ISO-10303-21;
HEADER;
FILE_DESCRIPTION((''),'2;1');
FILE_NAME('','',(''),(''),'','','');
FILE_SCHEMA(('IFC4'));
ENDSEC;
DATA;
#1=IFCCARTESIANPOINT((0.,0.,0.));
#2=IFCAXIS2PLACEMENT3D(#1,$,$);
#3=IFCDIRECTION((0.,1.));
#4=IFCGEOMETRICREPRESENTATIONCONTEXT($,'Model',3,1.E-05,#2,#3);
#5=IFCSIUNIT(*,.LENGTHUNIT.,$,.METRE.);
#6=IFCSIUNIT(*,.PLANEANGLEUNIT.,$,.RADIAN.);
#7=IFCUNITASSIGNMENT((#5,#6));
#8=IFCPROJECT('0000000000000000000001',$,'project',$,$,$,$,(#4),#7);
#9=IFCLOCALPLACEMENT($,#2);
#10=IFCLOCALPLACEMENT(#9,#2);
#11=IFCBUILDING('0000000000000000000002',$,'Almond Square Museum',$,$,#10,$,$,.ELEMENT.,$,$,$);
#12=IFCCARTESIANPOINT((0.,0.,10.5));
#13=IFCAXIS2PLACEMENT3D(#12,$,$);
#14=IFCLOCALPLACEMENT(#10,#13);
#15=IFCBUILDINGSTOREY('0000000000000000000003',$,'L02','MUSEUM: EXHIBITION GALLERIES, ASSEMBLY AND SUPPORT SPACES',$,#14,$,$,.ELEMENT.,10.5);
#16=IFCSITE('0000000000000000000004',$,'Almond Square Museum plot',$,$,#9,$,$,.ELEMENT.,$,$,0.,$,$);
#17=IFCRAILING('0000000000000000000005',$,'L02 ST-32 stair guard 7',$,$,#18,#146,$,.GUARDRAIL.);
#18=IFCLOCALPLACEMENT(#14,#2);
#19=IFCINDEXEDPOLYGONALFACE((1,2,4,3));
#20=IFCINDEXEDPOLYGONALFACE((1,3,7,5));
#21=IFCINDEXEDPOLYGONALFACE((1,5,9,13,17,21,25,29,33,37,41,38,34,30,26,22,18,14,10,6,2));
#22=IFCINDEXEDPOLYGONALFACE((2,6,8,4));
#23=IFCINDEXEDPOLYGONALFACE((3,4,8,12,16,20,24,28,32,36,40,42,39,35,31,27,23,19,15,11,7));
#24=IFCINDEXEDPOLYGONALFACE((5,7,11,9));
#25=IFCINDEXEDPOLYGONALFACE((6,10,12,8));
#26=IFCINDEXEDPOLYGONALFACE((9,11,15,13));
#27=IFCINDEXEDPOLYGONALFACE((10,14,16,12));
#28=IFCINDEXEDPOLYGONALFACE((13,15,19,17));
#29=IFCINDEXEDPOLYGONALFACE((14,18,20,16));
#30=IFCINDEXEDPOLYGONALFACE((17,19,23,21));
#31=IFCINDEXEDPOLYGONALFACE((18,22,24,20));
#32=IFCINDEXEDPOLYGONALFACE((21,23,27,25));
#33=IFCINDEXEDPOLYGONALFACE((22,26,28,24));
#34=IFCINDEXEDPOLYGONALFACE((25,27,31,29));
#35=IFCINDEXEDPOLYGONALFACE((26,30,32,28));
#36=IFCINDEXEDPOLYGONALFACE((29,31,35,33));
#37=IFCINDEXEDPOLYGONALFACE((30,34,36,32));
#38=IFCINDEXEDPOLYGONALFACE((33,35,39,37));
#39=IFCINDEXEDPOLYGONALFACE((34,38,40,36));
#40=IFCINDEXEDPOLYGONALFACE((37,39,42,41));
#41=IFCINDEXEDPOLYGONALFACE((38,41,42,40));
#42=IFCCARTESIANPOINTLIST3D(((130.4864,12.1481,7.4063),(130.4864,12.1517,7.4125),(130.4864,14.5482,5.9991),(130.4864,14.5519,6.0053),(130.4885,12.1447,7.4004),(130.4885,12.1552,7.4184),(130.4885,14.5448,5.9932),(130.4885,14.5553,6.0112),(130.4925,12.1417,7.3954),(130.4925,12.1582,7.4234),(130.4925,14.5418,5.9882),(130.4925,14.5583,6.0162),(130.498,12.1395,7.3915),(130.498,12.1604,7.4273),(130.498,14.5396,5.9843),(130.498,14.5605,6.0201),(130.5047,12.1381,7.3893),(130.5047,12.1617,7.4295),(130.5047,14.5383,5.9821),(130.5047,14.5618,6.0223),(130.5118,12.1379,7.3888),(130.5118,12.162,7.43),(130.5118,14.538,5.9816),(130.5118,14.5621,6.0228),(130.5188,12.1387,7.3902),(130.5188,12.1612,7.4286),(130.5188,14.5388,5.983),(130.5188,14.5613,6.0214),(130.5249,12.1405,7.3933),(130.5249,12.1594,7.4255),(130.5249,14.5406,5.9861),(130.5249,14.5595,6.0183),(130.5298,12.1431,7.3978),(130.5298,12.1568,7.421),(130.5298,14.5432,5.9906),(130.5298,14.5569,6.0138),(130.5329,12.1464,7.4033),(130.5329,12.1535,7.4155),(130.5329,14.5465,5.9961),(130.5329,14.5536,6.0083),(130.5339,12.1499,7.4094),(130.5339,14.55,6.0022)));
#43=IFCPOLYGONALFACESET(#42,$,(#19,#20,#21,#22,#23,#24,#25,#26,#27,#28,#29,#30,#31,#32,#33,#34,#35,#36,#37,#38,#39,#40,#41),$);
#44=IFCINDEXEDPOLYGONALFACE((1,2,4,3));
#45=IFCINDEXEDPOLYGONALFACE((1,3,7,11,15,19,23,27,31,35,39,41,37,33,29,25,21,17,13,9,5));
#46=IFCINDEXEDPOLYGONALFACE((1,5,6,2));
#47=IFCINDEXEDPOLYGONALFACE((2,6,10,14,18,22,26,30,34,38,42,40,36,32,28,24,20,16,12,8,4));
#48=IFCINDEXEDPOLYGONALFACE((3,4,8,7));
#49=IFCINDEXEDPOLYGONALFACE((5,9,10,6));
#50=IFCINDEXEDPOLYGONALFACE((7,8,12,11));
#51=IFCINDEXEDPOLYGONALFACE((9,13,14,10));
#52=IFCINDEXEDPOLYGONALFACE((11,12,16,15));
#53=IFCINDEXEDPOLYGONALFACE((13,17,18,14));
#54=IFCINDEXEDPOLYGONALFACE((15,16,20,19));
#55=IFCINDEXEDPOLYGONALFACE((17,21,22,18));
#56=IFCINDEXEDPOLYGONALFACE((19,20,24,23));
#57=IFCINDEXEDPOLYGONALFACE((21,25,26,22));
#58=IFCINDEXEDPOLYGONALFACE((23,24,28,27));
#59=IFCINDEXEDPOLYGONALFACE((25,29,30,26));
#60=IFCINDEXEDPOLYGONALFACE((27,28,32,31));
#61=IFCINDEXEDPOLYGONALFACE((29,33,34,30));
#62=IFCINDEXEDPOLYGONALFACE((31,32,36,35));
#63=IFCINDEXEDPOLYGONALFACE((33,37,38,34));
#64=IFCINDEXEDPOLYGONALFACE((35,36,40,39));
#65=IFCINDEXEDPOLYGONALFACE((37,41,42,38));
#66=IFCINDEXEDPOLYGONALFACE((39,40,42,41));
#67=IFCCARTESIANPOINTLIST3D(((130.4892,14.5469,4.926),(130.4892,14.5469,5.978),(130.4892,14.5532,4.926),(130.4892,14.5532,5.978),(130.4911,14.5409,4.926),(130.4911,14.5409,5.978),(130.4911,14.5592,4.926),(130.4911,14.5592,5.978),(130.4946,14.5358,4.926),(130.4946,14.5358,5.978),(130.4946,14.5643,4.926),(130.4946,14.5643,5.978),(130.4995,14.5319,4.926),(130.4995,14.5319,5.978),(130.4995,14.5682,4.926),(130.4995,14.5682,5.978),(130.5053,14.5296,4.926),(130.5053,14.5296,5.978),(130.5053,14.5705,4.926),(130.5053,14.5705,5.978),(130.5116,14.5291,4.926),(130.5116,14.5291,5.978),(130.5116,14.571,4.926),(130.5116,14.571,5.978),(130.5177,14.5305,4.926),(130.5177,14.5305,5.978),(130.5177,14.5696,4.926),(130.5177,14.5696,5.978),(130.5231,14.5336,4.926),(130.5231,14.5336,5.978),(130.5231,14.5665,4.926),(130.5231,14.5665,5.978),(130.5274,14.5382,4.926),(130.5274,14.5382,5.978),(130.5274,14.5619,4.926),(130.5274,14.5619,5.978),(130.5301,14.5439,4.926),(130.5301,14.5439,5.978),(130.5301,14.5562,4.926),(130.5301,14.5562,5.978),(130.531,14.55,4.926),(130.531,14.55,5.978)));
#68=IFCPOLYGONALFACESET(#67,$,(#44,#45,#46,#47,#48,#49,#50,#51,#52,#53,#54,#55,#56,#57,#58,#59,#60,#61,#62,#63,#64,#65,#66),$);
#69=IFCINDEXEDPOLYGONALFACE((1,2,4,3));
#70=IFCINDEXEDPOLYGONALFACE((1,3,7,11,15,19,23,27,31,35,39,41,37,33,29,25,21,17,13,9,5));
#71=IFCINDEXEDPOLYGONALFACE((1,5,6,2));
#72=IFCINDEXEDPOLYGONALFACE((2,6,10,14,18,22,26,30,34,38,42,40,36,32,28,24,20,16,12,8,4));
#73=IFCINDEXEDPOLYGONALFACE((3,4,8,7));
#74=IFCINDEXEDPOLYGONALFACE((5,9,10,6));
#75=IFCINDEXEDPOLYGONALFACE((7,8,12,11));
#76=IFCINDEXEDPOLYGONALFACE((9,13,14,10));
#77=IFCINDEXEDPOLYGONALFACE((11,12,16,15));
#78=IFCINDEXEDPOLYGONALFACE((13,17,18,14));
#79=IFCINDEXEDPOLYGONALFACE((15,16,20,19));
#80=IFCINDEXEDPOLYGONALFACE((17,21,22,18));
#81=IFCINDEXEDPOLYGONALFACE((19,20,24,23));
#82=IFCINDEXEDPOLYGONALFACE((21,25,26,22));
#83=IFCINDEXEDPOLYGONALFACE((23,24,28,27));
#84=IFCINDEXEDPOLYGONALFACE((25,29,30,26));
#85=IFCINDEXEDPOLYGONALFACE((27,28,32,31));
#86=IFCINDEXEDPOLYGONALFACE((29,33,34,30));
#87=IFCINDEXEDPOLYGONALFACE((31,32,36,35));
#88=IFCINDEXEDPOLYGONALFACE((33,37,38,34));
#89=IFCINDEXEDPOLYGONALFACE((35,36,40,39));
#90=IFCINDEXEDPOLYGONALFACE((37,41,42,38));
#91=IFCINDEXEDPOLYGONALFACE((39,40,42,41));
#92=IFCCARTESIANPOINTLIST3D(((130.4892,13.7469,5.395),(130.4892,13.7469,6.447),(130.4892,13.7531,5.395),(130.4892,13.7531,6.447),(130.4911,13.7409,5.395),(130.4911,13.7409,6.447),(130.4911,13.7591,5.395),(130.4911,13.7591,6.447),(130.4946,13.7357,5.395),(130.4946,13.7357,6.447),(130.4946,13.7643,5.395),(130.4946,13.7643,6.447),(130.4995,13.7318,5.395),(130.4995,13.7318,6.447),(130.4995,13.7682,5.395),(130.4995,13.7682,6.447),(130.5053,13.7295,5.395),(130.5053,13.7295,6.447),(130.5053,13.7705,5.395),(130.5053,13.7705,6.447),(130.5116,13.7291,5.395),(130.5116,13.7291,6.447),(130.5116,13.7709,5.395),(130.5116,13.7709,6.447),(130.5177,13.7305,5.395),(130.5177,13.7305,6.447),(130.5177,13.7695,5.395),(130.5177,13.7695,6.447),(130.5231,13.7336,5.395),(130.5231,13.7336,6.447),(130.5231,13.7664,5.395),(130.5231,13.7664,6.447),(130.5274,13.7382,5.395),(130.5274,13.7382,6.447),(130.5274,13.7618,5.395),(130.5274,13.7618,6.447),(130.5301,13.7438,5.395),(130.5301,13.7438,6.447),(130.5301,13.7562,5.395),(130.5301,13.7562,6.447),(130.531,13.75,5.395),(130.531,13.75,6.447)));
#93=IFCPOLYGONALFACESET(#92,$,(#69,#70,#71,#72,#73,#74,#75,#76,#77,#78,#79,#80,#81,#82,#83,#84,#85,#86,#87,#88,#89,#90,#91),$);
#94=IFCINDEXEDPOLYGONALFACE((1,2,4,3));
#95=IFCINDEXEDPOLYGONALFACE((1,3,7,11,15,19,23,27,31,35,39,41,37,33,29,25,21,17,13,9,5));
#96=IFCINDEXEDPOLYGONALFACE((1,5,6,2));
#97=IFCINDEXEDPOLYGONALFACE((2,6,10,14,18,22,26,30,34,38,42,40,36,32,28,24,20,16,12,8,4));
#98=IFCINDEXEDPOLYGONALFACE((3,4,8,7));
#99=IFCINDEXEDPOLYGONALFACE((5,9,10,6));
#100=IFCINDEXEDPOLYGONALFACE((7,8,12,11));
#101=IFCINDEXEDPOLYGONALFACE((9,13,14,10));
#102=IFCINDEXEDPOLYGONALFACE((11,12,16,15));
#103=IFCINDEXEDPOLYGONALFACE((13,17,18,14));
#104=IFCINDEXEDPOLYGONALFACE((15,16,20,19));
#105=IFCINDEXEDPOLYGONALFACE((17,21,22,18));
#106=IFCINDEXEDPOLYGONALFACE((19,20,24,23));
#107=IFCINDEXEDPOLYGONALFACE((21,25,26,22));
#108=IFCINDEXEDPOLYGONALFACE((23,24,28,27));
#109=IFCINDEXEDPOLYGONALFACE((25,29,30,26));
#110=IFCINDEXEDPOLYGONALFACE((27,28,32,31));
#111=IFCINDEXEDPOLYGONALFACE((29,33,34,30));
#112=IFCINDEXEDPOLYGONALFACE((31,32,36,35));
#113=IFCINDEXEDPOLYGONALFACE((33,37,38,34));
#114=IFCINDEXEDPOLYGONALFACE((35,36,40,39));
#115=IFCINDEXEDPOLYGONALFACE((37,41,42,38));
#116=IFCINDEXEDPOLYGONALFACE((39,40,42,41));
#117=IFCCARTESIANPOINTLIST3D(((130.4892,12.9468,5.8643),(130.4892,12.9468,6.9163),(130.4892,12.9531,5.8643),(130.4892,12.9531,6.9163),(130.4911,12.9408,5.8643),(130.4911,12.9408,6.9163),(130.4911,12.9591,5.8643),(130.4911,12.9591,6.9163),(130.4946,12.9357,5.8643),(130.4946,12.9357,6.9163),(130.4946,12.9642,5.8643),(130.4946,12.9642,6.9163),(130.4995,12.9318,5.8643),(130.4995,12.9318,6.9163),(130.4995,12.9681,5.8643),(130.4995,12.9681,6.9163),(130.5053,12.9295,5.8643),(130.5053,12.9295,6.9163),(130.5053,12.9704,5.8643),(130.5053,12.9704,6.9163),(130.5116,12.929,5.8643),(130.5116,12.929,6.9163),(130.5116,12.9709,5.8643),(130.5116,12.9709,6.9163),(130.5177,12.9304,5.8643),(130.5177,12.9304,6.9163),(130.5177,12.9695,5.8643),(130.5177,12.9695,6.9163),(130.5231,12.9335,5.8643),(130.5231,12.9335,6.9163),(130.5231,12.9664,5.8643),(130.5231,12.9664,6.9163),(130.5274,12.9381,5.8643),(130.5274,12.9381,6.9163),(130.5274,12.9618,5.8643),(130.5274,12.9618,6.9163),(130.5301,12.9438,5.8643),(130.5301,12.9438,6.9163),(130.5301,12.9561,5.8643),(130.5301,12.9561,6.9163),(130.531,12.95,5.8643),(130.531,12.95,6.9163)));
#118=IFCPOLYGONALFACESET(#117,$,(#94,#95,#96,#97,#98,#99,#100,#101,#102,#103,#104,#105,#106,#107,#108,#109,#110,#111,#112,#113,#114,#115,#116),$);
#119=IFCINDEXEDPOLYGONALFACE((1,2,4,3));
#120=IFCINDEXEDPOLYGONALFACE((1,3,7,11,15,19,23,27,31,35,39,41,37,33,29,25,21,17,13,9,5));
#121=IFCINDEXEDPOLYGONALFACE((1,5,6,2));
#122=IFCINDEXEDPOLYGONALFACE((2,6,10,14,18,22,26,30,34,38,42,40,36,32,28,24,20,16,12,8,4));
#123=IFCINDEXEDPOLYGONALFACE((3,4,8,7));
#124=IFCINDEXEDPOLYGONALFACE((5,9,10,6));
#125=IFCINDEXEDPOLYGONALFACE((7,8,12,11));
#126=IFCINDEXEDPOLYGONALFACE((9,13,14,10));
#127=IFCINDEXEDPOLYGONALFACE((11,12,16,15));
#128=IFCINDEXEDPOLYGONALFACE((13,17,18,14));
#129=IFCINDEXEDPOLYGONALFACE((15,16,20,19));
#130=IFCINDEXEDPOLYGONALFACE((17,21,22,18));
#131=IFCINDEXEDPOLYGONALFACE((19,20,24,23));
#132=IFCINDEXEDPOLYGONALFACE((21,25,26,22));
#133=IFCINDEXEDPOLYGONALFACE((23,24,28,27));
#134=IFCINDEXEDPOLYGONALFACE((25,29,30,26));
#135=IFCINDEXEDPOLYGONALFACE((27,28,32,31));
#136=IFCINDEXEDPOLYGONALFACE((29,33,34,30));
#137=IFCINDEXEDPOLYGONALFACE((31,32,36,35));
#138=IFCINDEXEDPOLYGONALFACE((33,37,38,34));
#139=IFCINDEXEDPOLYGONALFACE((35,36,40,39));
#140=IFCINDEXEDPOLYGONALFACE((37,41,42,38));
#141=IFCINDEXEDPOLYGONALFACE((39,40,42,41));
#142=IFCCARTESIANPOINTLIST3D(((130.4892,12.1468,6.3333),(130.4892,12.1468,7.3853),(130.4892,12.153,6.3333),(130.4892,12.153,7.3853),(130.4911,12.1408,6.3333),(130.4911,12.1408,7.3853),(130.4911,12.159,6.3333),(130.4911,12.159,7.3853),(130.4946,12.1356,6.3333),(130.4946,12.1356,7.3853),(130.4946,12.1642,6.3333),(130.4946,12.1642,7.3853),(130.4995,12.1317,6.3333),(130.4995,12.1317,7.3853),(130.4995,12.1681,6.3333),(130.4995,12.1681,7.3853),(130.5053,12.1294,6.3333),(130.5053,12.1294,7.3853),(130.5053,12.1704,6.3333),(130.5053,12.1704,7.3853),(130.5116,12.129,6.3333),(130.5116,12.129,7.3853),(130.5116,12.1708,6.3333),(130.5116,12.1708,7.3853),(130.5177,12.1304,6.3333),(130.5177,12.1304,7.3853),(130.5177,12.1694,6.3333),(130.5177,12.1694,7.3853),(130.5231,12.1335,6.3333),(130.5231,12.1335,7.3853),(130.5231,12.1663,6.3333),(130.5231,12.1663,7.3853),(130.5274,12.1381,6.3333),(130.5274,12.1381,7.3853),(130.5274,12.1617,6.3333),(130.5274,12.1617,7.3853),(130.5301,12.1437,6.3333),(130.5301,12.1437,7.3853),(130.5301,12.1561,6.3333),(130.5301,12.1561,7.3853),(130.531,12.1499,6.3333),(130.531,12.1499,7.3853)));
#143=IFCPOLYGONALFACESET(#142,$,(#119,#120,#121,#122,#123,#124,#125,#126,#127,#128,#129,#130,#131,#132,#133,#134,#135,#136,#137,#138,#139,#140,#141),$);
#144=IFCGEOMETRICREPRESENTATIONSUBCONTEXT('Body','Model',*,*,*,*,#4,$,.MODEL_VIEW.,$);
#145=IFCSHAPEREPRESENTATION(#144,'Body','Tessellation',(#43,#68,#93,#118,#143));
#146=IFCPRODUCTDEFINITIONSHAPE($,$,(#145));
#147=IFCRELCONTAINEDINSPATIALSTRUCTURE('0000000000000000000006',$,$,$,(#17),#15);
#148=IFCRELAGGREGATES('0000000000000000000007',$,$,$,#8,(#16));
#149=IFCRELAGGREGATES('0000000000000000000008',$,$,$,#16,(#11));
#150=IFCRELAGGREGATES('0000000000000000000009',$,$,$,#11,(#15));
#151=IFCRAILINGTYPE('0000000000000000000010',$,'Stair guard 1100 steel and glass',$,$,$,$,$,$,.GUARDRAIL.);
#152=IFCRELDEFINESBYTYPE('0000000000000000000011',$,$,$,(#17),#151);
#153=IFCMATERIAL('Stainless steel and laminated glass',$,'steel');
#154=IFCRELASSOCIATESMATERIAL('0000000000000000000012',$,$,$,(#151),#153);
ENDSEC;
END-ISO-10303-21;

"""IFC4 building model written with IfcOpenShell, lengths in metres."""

from ifc_helpers import new_model, si_unit, direction, frame, origin, origin_2d, place, context, subcontext, project, spatial, circle, extrude, material, type_object, element, save


model = new_model("IFC4")

# Units and contexts
model_context = context("Model", 3, precision=1e-05, world=origin(), true_north=direction((0.0, 1.0)))
body_context = subcontext(model_context, "Body", "Model", "MODEL_VIEW")
ifc_project = project(units=[si_unit("LENGTHUNIT", "METRE"), si_unit("PLANEANGLEUNIT", "RADIAN")], contexts=[model_context])

# Site, building, storey
site_placement = place(None, origin())
site = spatial("IfcSite", under=ifc_project, at=site_placement, Name="Almond Square Museum plot", CompositionType="ELEMENT", RefElevation=0.0)
building_placement = place(site_placement, origin())
building = spatial("IfcBuilding", under=site, at=building_placement, Name="Almond Square Museum", CompositionType="ELEMENT")
storey_placement = place(building_placement, frame((0.0, 0.0, 10.5)))
storey = spatial("IfcBuildingStorey", under=building, at=storey_placement, Name="L02", Description="MUSEUM: EXHIBITION GALLERIES, ASSEMBLY AND SUPPORT SPACES", CompositionType="ELEMENT", Elevation=10.5)

# Railing
ifc_material_1 = material(Name="Stainless steel and laminated glass", Category="steel")
railing_type_1 = type_object("IfcRailingType", Name="Stair guard 1100 steel and glass", PredefinedType="GUARDRAIL", material=ifc_material_1)
railing_1_placement = place(storey_placement, frame((130.51, 14.55, 4.926)))
element("IfcRailing", 1, at=railing_1_placement, inside=storey, type_object=railing_type_1, Name="L02 ST-32 stair guard 7", PredefinedType="GUARDRAIL", context=body_context, shape_type="SweptSolid", body=[
    extrude(circle(Radius=0.0239, at=origin_2d()), frame((0.0, 0.0, 1.0762), z_axis=(0.0, -0.86266, 0.505785), x_axis=(1.0, 0.0, 0.0)), (0.0, 0.0, 1.0), 2.7822),
    extrude(circle(Radius=0.021, at=origin_2d()), origin(), (0.0, 0.0, 1.0), 1.052),
    extrude(circle(Radius=0.021, at=origin_2d()), frame((0.0, -0.8, 0.469)), (0.0, 0.0, 1.0), 1.052),
    extrude(circle(Radius=0.021, at=origin_2d()), frame((0.0, -1.6001, 0.9382)), (0.0, 0.0, 1.0), 1.052),
    extrude(circle(Radius=0.021, at=origin_2d()), frame((0.0, -2.4001, 1.4072)), (0.0, 0.0, 1.0), 1.052),
])

save(model, "model.ifc")
